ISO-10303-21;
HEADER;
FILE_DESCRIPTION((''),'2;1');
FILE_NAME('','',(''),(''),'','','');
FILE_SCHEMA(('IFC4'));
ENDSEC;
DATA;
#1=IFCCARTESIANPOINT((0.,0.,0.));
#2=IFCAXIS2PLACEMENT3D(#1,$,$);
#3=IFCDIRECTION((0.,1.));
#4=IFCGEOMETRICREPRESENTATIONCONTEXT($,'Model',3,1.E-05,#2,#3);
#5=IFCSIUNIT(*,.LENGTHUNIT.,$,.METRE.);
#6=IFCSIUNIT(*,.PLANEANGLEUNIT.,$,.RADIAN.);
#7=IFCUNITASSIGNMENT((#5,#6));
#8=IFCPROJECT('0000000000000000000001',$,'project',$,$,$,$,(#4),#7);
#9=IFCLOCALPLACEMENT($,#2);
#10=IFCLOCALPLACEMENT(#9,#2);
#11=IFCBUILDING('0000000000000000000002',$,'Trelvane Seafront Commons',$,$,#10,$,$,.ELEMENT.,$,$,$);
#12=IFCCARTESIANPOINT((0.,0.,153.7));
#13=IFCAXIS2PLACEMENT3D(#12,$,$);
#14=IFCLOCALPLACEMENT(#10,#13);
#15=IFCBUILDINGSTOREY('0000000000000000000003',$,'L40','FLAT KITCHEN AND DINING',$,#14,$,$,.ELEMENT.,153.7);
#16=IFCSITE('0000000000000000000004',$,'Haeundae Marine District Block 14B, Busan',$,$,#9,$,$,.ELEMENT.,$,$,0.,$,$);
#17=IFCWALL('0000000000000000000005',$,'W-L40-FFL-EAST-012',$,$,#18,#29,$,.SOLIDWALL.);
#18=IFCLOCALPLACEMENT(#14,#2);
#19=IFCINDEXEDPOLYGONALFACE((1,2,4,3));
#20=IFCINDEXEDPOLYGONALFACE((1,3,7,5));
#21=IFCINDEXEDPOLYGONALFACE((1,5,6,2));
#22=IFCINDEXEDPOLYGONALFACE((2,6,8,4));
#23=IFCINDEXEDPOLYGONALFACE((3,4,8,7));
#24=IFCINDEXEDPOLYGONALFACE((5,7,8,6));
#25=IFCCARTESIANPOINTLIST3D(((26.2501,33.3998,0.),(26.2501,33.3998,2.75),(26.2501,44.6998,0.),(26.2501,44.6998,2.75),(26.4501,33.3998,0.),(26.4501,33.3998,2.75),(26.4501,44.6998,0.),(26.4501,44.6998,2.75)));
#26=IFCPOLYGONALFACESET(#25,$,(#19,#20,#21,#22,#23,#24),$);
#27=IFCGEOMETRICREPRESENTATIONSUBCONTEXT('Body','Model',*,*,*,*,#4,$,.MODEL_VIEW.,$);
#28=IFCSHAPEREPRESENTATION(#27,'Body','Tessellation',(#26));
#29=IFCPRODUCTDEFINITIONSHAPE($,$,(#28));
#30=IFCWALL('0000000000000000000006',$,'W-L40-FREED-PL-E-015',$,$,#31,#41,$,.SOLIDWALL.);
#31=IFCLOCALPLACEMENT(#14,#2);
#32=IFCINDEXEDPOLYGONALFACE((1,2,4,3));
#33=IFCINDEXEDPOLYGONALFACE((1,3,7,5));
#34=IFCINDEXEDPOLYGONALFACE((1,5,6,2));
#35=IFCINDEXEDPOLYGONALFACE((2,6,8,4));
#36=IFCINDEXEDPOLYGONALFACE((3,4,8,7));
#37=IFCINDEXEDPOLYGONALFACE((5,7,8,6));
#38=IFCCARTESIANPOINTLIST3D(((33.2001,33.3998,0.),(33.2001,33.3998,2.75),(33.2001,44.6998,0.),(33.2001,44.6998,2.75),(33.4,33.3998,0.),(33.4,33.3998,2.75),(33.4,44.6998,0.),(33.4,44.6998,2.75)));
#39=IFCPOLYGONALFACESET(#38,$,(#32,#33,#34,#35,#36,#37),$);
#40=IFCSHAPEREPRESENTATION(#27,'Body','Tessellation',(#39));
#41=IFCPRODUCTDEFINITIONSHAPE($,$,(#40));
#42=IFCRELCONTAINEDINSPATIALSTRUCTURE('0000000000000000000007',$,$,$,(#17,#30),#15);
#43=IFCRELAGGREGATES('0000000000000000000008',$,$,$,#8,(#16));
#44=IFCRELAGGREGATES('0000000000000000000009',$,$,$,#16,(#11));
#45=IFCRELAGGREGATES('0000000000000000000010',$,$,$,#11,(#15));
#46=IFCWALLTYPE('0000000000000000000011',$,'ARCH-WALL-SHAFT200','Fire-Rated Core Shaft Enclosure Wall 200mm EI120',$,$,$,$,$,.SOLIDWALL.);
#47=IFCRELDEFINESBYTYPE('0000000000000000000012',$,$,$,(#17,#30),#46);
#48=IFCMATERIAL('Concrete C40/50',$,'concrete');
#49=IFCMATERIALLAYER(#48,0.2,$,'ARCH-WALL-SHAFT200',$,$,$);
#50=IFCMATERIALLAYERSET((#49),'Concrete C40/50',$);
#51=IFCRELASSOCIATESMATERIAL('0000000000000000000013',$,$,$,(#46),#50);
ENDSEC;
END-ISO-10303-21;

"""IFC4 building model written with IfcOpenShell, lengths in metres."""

from ifc_helpers import new_model, si_unit, direction, frame, frame_2d, origin, place, context, subcontext, project, spatial, rectangle, extrude, material, layer, layer_set, type_object, element, save


model = new_model("IFC4")

# Units and contexts
model_context = context("Model", 3, precision=1e-05, world=origin(), true_north=direction((0.0, 1.0)))
body_context = subcontext(model_context, "Body", "Model", "MODEL_VIEW")
ifc_project = project(units=[si_unit("LENGTHUNIT", "METRE"), si_unit("PLANEANGLEUNIT", "RADIAN")], contexts=[model_context])

# Site, building, storey
site_placement = place(None, origin())
site = spatial("IfcSite", under=ifc_project, at=site_placement, Name="Haeundae Marine District Block 14B, Busan", CompositionType="ELEMENT", RefElevation=0.0)
building_placement = place(site_placement, origin())
building = spatial("IfcBuilding", under=site, at=building_placement, Name="Trelvane Seafront Commons", CompositionType="ELEMENT")
storey_placement = place(building_placement, frame((0.0, 0.0, 153.7)))
storey = spatial("IfcBuildingStorey", under=building, at=storey_placement, Name="L40", Description="FLAT KITCHEN AND DINING", CompositionType="ELEMENT", Elevation=153.7)

# Shared definitions
ifc_material_1 = material(Name="Concrete C40/50", Category="concrete")

# Walls
ifc_layer_1 = layer(ifc_material_1, 0.2, Name="ARCH-WALL-SHAFT200")
ifc_layer_set_1 = layer_set([ifc_layer_1], Name="Concrete C40/50")
wall_type_1 = type_object("IfcWallType", Name="ARCH-WALL-SHAFT200", Description="Fire-Rated Core Shaft Enclosure Wall 200mm EI120", PredefinedType="SOLIDWALL", material=ifc_layer_set_1)
for number, where, z_axis, x_axis, name in (
    (1, (26.3501, 33.3999, 0.0), (0.0, 0.0, 1.0), (0.0, 1.0, 0.0), "W-L40-FFL-EAST-012"),
    (2, (33.3, 33.3999, 0.0), (0.0, 0.0, 1.0), (0.0, 1.0, 0.0), "W-L40-FREED-PL-E-015"),
):
    element("IfcWall", number, at=place(storey_placement, frame(where, z_axis=z_axis, x_axis=x_axis)), inside=storey, type_object=wall_type_1, Name=name, PredefinedType="SOLIDWALL", context=body_context, shape_type="SweptSolid", body=[
        extrude(rectangle(XDim=11.3, YDim=0.2, at=frame_2d((5.6499, 0.0))), origin(), (0.0, 0.0, 1.0), 2.75),
    ])

save(model, "model.ifc")
